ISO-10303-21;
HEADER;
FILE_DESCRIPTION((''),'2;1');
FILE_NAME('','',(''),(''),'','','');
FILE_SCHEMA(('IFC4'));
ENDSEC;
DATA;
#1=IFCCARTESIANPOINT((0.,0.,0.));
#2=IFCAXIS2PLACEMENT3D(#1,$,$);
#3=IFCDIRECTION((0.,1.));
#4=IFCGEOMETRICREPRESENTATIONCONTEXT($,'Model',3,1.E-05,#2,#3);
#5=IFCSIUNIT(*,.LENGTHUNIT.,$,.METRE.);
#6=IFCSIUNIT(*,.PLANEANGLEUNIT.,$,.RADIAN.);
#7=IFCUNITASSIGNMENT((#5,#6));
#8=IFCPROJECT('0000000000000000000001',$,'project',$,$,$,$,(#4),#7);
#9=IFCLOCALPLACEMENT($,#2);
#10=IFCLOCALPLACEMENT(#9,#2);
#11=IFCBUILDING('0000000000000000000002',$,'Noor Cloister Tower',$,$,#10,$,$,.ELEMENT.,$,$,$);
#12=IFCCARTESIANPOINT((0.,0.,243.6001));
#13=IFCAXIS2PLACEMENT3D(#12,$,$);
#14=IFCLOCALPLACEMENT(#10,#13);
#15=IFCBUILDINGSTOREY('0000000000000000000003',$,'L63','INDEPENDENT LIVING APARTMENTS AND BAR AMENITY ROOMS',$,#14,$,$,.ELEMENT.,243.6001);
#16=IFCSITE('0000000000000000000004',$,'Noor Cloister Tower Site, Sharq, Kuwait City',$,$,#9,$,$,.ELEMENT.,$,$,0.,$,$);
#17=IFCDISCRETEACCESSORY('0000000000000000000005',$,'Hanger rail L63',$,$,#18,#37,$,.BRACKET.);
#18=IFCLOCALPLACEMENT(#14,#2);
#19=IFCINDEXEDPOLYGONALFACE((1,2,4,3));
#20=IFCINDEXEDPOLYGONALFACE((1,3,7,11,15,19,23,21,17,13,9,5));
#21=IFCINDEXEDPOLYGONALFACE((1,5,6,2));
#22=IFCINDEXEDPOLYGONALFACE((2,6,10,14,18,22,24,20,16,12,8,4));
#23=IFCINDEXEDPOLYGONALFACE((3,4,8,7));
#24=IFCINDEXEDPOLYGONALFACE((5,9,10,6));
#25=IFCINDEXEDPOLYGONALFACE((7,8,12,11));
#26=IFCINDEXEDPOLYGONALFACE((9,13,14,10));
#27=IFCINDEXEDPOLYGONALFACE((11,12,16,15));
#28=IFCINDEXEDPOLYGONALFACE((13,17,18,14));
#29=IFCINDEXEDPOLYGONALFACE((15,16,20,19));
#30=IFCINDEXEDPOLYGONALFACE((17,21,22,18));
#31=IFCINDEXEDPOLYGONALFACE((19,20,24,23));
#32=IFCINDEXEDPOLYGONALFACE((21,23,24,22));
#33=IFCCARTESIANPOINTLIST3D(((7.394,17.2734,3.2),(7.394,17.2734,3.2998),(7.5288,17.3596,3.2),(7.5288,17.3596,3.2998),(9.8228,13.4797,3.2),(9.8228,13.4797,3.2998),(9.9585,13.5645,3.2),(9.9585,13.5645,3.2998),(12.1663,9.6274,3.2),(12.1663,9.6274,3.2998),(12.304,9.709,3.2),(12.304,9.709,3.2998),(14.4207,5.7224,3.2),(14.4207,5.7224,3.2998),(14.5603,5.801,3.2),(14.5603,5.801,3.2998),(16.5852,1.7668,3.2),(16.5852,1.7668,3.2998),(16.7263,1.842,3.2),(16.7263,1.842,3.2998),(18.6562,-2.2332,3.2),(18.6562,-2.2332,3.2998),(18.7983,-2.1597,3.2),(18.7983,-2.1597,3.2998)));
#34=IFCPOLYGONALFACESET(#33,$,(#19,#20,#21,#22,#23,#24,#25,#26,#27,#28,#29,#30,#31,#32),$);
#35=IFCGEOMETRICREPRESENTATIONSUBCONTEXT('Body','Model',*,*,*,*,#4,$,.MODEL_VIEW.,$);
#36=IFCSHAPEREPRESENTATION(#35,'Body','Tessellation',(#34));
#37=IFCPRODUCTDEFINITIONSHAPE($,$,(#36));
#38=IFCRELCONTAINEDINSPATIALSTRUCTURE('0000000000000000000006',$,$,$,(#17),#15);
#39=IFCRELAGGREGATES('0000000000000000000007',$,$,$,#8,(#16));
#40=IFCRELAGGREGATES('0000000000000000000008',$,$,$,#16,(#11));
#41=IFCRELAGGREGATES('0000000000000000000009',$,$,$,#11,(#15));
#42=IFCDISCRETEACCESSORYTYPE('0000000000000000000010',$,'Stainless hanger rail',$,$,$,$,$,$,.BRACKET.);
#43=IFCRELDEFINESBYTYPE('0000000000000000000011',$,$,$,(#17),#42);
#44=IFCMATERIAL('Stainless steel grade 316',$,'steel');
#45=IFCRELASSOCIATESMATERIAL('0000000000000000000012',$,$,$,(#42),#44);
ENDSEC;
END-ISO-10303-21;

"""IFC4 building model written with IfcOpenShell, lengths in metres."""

from ifc_helpers import new_model, si_unit, direction, frame, origin, place, context, subcontext, project, spatial, polyline, outline, extrude, material, type_object, element, save


model = new_model("IFC4")

# Units and contexts
model_context = context("Model", 3, precision=1e-05, world=origin(), true_north=direction((0.0, 1.0)))
body_context = subcontext(model_context, "Body", "Model", "MODEL_VIEW")
ifc_project = project(units=[si_unit("LENGTHUNIT", "METRE"), si_unit("PLANEANGLEUNIT", "RADIAN")], contexts=[model_context])

# Site, building, storey
site_placement = place(None, origin())
site = spatial("IfcSite", under=ifc_project, at=site_placement, Name="Noor Cloister Tower Site, Sharq, Kuwait City", CompositionType="ELEMENT", RefElevation=0.0)
building_placement = place(site_placement, origin())
building = spatial("IfcBuilding", under=site, at=building_placement, Name="Noor Cloister Tower", CompositionType="ELEMENT")
storey_placement = place(building_placement, frame((0.0, 0.0, 243.6001)))
storey = spatial("IfcBuildingStorey", under=building, at=storey_placement, Name="L63", Description="INDEPENDENT LIVING APARTMENTS AND BAR AMENITY ROOMS", CompositionType="ELEMENT", Elevation=243.6001)

# Discrete accessory
ifc_material_1 = material(Name="Stainless steel grade 316", Category="steel")
discrete_accessory_type = type_object("IfcDiscreteAccessoryType", Name="Stainless hanger rail", PredefinedType="BRACKET", material=ifc_material_1)
discrete_accessory_1_placement = place(storey_placement, frame((0.0, 0.0, 3.2)))
element("IfcDiscreteAccessory", 1, at=discrete_accessory_1_placement, inside=storey, type_object=discrete_accessory_type, Name="Hanger rail L63", PredefinedType="BRACKET", context=body_context, shape_type="SweptSolid", body=[
    extrude(outline(polyline([(18.7983, -2.1597), (16.7263, 1.842), (14.5603, 5.801), (12.304, 9.709), (9.9585, 13.5645), (7.5288, 17.3596), (7.394, 17.2734), (9.8228, 13.4797), (12.1663, 9.6274), (14.4207, 5.7224), (16.5852, 1.7668), (18.6562, -2.2332), (18.7983, -2.1597)])), origin(), (0.0, 0.0, 1.0), 0.0999),
])

save(model, "model.ifc")
